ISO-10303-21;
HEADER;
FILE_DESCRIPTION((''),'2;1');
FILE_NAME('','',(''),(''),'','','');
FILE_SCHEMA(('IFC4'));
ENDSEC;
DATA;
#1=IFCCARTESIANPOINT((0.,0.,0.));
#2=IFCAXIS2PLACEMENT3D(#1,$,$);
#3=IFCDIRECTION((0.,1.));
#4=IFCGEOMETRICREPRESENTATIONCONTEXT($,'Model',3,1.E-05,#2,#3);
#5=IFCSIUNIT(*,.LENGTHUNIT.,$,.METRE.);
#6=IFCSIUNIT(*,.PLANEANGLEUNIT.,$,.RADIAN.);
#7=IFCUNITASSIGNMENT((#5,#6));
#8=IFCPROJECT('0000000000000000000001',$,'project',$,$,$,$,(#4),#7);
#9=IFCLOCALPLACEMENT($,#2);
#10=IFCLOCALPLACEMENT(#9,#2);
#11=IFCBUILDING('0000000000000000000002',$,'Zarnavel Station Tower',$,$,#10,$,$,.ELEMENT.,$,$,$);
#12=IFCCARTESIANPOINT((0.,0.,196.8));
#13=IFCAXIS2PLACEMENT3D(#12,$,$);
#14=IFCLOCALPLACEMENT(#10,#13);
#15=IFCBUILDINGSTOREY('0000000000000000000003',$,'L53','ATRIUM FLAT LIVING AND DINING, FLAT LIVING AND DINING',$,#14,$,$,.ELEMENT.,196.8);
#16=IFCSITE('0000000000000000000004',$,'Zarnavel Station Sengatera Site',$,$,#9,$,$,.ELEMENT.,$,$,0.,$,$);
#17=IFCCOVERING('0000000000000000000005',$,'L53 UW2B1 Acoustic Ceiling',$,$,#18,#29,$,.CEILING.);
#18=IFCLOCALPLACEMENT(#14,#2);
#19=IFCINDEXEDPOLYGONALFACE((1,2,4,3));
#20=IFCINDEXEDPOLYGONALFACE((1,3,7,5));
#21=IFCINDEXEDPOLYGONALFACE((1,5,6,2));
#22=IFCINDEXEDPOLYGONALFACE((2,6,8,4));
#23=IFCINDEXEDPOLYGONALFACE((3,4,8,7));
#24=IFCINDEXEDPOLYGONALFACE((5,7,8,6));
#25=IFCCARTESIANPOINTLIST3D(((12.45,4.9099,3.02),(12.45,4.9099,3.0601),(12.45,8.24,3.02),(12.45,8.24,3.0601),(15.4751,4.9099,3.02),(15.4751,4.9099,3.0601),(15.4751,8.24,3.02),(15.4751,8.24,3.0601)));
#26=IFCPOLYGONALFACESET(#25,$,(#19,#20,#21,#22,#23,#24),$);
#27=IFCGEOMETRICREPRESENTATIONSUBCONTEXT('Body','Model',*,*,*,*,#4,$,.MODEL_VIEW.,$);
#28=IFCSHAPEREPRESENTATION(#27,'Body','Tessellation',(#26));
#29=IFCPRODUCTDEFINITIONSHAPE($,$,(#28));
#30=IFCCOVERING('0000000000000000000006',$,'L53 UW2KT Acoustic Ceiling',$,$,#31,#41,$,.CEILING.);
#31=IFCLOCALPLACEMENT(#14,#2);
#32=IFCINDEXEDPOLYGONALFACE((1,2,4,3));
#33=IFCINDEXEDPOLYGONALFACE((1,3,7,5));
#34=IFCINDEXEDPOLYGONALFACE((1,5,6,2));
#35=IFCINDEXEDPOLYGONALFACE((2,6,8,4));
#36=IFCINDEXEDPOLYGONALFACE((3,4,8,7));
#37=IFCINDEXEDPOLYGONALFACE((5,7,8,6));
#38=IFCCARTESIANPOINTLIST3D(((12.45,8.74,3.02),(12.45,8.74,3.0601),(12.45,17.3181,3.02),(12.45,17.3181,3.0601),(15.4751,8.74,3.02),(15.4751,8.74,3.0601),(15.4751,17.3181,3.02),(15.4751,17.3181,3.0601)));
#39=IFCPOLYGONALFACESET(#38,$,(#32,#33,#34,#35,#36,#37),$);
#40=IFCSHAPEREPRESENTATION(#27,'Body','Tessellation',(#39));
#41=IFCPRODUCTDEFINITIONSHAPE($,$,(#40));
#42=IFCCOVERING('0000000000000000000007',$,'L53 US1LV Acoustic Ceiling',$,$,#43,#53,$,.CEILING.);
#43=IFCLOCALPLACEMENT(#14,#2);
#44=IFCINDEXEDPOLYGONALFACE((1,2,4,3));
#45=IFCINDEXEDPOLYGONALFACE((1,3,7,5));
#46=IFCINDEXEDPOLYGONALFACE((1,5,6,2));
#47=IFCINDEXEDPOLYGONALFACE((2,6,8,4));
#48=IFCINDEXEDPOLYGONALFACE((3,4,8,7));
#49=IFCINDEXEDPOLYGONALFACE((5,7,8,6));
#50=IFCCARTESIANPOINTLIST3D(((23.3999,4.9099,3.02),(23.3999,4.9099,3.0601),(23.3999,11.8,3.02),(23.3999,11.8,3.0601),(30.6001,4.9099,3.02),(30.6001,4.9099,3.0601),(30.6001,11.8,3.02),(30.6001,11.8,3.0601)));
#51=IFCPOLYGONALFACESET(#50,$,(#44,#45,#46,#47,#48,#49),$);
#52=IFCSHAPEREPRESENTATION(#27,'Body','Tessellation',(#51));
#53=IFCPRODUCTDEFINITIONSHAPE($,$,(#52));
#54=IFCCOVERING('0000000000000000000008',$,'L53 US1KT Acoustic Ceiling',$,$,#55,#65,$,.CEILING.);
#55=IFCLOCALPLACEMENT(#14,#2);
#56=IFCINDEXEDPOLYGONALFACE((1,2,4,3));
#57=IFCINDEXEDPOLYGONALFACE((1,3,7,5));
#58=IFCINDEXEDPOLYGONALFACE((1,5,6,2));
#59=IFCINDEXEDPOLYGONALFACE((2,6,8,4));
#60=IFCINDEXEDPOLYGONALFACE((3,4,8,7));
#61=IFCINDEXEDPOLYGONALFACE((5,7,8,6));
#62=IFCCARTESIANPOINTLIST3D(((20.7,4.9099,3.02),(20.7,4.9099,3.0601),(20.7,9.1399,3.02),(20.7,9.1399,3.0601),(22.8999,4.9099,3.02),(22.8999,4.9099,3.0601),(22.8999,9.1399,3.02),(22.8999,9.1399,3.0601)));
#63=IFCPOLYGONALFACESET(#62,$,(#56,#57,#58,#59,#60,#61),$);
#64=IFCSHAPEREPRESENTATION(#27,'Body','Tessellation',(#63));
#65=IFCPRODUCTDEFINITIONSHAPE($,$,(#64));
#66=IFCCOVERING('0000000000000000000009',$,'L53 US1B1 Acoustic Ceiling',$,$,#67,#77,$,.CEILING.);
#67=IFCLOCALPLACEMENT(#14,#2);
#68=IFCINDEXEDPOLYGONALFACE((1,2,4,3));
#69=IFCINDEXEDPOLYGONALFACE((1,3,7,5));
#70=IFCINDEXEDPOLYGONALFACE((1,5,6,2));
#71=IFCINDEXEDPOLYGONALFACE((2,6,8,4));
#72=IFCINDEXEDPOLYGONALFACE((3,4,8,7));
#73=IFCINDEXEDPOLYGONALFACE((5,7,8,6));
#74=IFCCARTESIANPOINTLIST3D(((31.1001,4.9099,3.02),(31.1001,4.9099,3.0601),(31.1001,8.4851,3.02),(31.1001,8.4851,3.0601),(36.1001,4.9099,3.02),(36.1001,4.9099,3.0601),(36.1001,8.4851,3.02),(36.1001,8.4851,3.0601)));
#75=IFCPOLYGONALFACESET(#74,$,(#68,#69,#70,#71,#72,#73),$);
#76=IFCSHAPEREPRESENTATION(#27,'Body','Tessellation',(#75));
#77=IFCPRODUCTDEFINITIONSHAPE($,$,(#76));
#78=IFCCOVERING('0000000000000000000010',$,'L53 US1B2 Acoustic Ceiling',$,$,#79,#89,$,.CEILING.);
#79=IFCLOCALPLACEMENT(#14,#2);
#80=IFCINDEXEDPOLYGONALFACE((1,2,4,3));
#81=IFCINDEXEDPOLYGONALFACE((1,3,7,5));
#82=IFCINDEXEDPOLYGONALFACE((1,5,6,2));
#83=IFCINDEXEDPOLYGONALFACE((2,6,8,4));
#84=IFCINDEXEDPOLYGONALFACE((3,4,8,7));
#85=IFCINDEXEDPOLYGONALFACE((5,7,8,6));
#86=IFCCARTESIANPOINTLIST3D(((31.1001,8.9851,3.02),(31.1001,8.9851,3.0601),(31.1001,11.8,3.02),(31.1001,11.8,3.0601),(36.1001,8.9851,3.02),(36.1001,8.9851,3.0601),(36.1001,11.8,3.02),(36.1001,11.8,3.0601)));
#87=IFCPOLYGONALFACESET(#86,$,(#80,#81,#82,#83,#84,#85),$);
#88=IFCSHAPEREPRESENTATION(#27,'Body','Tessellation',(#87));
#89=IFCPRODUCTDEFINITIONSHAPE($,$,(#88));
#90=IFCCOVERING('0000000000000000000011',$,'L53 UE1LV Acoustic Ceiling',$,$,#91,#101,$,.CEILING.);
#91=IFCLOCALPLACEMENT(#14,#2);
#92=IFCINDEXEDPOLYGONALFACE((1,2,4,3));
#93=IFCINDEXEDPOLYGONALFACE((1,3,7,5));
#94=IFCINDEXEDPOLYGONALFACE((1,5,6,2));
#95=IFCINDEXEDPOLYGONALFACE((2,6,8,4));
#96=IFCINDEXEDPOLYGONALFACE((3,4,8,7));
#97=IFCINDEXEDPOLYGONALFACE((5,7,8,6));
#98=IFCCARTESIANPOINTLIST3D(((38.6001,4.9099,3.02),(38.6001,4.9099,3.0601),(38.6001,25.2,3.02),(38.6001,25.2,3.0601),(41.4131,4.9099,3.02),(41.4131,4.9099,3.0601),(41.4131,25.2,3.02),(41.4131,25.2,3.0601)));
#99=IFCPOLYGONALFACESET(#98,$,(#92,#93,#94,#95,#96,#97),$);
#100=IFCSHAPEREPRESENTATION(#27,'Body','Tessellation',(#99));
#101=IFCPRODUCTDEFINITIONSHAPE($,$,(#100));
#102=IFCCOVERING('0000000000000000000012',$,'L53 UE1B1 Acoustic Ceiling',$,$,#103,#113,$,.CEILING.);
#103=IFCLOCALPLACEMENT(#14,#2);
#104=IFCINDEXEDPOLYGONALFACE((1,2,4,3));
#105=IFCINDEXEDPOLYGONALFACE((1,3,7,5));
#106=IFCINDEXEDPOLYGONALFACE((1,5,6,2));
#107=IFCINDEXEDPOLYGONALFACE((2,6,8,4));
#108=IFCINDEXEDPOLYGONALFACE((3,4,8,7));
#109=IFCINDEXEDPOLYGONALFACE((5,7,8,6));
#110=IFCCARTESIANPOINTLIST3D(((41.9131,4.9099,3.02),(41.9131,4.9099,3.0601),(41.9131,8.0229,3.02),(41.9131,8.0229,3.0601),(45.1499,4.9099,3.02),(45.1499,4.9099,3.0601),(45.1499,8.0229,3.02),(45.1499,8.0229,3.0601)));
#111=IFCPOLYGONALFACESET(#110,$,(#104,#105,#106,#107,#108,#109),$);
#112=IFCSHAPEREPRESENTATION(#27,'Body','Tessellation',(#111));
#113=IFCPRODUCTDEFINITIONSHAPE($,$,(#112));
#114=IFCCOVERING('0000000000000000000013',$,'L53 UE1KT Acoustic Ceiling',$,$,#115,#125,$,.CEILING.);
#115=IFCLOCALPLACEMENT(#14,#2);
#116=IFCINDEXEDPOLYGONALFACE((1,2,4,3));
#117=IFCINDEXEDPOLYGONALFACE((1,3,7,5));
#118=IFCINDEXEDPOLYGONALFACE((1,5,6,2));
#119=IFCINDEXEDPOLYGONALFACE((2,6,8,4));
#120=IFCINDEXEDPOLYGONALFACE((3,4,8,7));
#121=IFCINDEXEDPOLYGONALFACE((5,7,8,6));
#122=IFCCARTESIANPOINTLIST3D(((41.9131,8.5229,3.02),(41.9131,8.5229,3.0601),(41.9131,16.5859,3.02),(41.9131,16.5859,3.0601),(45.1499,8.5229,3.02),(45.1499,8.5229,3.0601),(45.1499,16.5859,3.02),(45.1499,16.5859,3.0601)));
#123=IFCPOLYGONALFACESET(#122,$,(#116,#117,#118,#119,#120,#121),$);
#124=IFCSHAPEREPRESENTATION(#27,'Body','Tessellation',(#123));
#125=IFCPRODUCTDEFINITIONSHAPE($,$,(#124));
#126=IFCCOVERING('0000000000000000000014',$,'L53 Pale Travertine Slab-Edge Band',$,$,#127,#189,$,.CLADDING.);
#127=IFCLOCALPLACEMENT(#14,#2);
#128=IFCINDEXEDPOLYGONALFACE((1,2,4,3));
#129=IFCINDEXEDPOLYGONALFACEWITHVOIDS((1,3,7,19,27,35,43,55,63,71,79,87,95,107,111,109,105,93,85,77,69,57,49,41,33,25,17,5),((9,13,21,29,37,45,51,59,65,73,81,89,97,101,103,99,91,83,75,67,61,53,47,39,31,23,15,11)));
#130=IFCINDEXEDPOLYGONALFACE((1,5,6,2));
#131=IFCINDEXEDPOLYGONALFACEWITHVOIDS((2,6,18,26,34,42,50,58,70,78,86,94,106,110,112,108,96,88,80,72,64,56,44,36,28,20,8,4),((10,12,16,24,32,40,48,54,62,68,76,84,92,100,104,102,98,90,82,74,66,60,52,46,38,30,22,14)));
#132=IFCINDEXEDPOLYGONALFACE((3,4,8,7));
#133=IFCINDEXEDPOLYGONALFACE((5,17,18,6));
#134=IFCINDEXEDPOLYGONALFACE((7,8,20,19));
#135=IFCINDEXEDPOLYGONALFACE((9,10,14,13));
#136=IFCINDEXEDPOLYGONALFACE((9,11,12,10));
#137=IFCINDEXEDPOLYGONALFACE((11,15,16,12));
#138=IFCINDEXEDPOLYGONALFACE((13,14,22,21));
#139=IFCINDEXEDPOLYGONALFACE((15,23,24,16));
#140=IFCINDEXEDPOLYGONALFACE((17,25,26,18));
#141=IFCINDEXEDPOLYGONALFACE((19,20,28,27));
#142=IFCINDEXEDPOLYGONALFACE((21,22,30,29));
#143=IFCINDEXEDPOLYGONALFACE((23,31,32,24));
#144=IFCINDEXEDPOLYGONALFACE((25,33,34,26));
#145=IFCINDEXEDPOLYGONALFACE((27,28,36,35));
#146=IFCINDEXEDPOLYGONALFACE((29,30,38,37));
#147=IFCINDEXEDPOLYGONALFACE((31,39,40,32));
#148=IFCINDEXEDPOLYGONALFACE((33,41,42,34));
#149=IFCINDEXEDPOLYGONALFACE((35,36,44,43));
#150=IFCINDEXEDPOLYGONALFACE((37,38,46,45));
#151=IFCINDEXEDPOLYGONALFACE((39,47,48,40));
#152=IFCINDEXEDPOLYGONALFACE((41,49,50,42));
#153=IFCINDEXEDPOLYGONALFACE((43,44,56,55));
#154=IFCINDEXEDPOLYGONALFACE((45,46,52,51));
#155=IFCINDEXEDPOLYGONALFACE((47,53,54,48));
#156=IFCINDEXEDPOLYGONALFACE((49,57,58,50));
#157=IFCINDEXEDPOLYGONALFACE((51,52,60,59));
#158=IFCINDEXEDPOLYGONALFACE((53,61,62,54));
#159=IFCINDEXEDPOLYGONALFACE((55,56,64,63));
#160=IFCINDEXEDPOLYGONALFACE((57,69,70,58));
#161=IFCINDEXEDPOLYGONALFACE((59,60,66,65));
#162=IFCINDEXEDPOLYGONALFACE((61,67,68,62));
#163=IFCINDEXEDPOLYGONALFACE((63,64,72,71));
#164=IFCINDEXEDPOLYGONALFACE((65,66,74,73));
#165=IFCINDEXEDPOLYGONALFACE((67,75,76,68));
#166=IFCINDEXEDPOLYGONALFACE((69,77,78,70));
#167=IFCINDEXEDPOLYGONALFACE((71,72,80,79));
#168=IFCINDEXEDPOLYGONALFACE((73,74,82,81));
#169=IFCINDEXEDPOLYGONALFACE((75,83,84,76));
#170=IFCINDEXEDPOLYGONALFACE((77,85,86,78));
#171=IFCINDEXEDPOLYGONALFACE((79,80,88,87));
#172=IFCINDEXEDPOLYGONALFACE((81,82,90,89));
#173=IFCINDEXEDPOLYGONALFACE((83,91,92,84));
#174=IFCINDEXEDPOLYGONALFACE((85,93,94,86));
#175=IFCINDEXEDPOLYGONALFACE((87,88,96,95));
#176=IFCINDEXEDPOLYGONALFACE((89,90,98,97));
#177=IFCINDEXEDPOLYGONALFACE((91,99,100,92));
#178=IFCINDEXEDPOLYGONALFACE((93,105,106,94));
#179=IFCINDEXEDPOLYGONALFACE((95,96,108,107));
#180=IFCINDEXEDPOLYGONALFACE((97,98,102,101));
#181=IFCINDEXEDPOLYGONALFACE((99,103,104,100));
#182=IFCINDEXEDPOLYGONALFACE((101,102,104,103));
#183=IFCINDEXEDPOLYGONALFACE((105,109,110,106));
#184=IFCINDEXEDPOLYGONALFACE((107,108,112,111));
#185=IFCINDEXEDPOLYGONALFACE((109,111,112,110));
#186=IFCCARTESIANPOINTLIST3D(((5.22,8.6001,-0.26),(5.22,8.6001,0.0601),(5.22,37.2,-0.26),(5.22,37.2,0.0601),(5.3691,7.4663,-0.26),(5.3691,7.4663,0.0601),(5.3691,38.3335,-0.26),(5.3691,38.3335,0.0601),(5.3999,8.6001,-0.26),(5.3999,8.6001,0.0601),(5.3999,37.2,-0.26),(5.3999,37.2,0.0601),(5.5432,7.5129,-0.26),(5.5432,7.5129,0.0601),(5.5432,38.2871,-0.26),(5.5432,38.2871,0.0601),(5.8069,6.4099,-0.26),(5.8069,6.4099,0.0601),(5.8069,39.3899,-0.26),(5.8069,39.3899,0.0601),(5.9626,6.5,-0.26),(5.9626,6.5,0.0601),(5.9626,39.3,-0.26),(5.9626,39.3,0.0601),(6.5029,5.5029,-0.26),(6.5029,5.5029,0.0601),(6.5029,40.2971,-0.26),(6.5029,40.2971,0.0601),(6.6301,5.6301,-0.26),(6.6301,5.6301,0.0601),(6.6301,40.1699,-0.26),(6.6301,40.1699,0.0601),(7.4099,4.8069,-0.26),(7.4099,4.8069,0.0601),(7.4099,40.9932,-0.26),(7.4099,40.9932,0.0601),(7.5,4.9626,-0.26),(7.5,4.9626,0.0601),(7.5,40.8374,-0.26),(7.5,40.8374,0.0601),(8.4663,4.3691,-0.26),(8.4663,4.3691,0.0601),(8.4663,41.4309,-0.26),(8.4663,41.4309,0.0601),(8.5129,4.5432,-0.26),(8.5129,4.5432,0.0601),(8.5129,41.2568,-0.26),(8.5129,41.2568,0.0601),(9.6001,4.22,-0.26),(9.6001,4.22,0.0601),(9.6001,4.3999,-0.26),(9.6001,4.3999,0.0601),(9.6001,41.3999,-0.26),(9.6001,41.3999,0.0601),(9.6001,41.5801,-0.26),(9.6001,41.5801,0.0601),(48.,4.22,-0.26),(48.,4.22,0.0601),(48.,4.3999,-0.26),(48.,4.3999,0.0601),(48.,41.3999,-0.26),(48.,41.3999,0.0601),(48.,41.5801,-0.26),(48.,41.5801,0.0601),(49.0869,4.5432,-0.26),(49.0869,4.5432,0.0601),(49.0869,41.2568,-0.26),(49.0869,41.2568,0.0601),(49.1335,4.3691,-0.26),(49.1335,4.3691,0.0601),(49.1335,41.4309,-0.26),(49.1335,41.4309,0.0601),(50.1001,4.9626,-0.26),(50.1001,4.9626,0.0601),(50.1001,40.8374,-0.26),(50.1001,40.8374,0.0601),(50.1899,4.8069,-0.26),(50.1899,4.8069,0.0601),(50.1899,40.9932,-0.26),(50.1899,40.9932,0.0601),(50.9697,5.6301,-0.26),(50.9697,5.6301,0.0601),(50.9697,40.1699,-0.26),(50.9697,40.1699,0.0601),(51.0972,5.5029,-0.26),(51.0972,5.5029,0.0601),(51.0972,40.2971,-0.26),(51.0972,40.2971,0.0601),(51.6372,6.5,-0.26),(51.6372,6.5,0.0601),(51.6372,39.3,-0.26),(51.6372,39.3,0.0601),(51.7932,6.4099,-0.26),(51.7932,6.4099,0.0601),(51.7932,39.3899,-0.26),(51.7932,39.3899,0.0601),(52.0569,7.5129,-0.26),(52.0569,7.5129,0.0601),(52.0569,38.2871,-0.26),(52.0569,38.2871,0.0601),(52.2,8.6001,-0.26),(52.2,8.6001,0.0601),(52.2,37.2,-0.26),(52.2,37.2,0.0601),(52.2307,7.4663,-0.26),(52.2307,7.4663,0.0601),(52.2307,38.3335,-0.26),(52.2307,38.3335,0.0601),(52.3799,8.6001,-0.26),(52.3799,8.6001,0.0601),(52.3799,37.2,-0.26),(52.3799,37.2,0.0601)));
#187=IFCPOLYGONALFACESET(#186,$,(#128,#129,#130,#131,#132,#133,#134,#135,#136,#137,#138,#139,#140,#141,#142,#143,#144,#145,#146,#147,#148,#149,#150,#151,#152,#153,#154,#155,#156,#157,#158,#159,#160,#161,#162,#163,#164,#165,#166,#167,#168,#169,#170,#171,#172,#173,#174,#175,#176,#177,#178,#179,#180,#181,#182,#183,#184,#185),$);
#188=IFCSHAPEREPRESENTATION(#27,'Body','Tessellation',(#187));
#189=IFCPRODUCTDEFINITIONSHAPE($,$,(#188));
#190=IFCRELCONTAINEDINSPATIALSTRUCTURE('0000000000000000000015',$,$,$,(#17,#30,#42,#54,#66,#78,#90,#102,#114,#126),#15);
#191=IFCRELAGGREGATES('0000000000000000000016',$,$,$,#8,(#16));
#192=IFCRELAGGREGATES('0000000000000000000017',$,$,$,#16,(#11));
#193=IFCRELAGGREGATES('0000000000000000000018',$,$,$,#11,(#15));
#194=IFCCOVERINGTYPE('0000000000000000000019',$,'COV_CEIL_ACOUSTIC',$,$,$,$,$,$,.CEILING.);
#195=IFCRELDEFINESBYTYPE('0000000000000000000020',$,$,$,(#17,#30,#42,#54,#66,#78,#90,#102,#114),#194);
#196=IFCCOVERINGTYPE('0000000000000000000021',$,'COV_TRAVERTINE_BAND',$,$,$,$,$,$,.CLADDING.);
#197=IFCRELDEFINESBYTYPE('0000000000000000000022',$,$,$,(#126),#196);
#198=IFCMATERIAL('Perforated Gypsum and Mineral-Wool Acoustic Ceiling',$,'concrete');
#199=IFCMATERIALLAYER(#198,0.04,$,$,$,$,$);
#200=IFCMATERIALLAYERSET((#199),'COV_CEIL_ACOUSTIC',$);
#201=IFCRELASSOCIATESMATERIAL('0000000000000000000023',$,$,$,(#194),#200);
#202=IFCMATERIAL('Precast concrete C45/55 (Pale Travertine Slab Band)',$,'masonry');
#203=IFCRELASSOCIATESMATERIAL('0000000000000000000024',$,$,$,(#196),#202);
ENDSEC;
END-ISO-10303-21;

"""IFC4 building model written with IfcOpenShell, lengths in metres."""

from ifc_helpers import new_model, si_unit, direction, frame, origin, place, context, subcontext, project, spatial, polyline, outline, extrude, material, layer, layer_set, type_object, element, save


model = new_model("IFC4")

# Units and contexts
model_context = context("Model", 3, precision=1e-05, world=origin(), true_north=direction((0.0, 1.0)))
body_context = subcontext(model_context, "Body", "Model", "MODEL_VIEW")
ifc_project = project(units=[si_unit("LENGTHUNIT", "METRE"), si_unit("PLANEANGLEUNIT", "RADIAN")], contexts=[model_context])

# Site, building, storey
site_placement = place(None, origin())
site = spatial("IfcSite", under=ifc_project, at=site_placement, Name="Zarnavel Station Sengatera Site", CompositionType="ELEMENT", RefElevation=0.0)
building_placement = place(site_placement, origin())
building = spatial("IfcBuilding", under=site, at=building_placement, Name="Zarnavel Station Tower", CompositionType="ELEMENT")
storey_placement = place(building_placement, frame((0.0, 0.0, 196.8)))
storey = spatial("IfcBuildingStorey", under=building, at=storey_placement, Name="L53", Description="ATRIUM FLAT LIVING AND DINING, FLAT LIVING AND DINING", CompositionType="ELEMENT", Elevation=196.8)

# Coverings
ifc_material_1 = material(Name="Perforated Gypsum and Mineral-Wool Acoustic Ceiling", Category="concrete")
ifc_layer_1 = layer(ifc_material_1, 0.04)
ifc_layer_set_1 = layer_set([ifc_layer_1], Name="COV_CEIL_ACOUSTIC")
covering_type_1 = type_object("IfcCoveringType", Name="COV_CEIL_ACOUSTIC", PredefinedType="CEILING", material=ifc_layer_set_1)
covering_1_placement = place(storey_placement, frame((0.0, 0.0, 3.02)))
element("IfcCovering", 1, at=covering_1_placement, inside=storey, type_object=covering_type_1, Name="L53 UW2B1 Acoustic Ceiling", PredefinedType="CEILING", context=body_context, shape_type="SweptSolid", body=[
    extrude(outline(polyline([(12.45, 4.9099), (15.4751, 4.9099), (15.4751, 8.24), (12.45, 8.24), (12.45, 4.9099)])), origin(), (0.0, 0.0, 1.0), 0.04),
])
covering_2_placement = place(storey_placement, frame((0.0, 0.0, 3.02)))
element("IfcCovering", 2, at=covering_2_placement, inside=storey, type_object=covering_type_1, Name="L53 UW2KT Acoustic Ceiling", PredefinedType="CEILING", context=body_context, shape_type="SweptSolid", body=[
    extrude(outline(polyline([(12.45, 8.74), (15.4751, 8.74), (15.4751, 17.3181), (12.45, 17.3181), (12.45, 8.74)])), origin(), (0.0, 0.0, 1.0), 0.04),
])
covering_3_placement = place(storey_placement, frame((0.0, 0.0, 3.02)))
element("IfcCovering", 3, at=covering_3_placement, inside=storey, type_object=covering_type_1, Name="L53 US1LV Acoustic Ceiling", PredefinedType="CEILING", context=body_context, shape_type="SweptSolid", body=[
    extrude(outline(polyline([(23.3999, 4.9099), (30.6001, 4.9099), (30.6001, 11.8), (23.3999, 11.8), (23.3999, 4.9099)])), origin(), (0.0, 0.0, 1.0), 0.04),
])
covering_4_placement = place(storey_placement, frame((0.0, 0.0, 3.02)))
element("IfcCovering", 4, at=covering_4_placement, inside=storey, type_object=covering_type_1, Name="L53 US1KT Acoustic Ceiling", PredefinedType="CEILING", context=body_context, shape_type="SweptSolid", body=[
    extrude(outline(polyline([(20.7, 4.9099), (22.8999, 4.9099), (22.8999, 9.1399), (20.7, 9.1399), (20.7, 4.9099)])), origin(), (0.0, 0.0, 1.0), 0.04),
])
covering_5_placement = place(storey_placement, frame((0.0, 0.0, 3.02)))
element("IfcCovering", 5, at=covering_5_placement, inside=storey, type_object=covering_type_1, Name="L53 US1B1 Acoustic Ceiling", PredefinedType="CEILING", context=body_context, shape_type="SweptSolid", body=[
    extrude(outline(polyline([(31.1001, 4.9099), (36.1001, 4.9099), (36.1001, 8.4851), (31.1001, 8.4851), (31.1001, 4.9099)])), origin(), (0.0, 0.0, 1.0), 0.04),
])
covering_6_placement = place(storey_placement, frame((0.0, 0.0, 3.02)))
element("IfcCovering", 6, at=covering_6_placement, inside=storey, type_object=covering_type_1, Name="L53 US1B2 Acoustic Ceiling", PredefinedType="CEILING", context=body_context, shape_type="SweptSolid", body=[
    extrude(outline(polyline([(31.1001, 8.9851), (36.1001, 8.9851), (36.1001, 11.8), (31.1001, 11.8), (31.1001, 8.9851)])), origin(), (0.0, 0.0, 1.0), 0.04),
])
covering_7_placement = place(storey_placement, frame((0.0, 0.0, 3.02)))
element("IfcCovering", 7, at=covering_7_placement, inside=storey, type_object=covering_type_1, Name="L53 UE1LV Acoustic Ceiling", PredefinedType="CEILING", context=body_context, shape_type="SweptSolid", body=[
    extrude(outline(polyline([(38.6001, 4.9099), (41.4131, 4.9099), (41.4131, 25.2), (38.6001, 25.2), (38.6001, 4.9099)])), origin(), (0.0, 0.0, 1.0), 0.04),
])
covering_8_placement = place(storey_placement, frame((0.0, 0.0, 3.02)))
element("IfcCovering", 8, at=covering_8_placement, inside=storey, type_object=covering_type_1, Name="L53 UE1B1 Acoustic Ceiling", PredefinedType="CEILING", context=body_context, shape_type="SweptSolid", body=[
    extrude(outline(polyline([(41.9131, 4.9099), (45.1499, 4.9099), (45.1499, 8.0229), (41.9131, 8.0229), (41.9131, 4.9099)])), origin(), (0.0, 0.0, 1.0), 0.04),
])
covering_9_placement = place(storey_placement, frame((0.0, 0.0, 3.02)))
element("IfcCovering", 9, at=covering_9_placement, inside=storey, type_object=covering_type_1, Name="L53 UE1KT Acoustic Ceiling", PredefinedType="CEILING", context=body_context, shape_type="SweptSolid", body=[
    extrude(outline(polyline([(41.9131, 8.5229), (45.1499, 8.5229), (45.1499, 16.5859), (41.9131, 16.5859), (41.9131, 8.5229)])), origin(), (0.0, 0.0, 1.0), 0.04),
])
ifc_material_2 = material(Name="Precast concrete C45/55 (Pale Travertine Slab Band)", Category="masonry")
covering_type_2 = type_object("IfcCoveringType", Name="COV_TRAVERTINE_BAND", PredefinedType="CLADDING", material=ifc_material_2)
covering_10_placement = place(storey_placement, frame((0.0, 0.0, -0.26)))
element("IfcCovering", 10, at=covering_10_placement, inside=storey, type_object=covering_type_2, Name="L53 Pale Travertine Slab-Edge Band", PredefinedType="CLADDING", context=body_context, shape_type="SweptSolid", body=[
    extrude(outline(polyline([(48.0, 4.22), (49.1335, 4.3691), (50.1899, 4.8069), (51.0972, 5.5029), (51.7932, 6.4099), (52.2307, 7.4663), (52.3799, 8.6001), (52.3799, 37.2), (52.2307, 38.3335), (51.7932, 39.3899), (51.0972, 40.2971), (50.1899, 40.9932), (49.1335, 41.4309), (48.0, 41.5801), (9.6001, 41.5801), (8.4663, 41.4309), (7.4099, 40.9932), (6.5029, 40.2971), (5.8069, 39.3899), (5.3691, 38.3335), (5.22, 37.2), (5.22, 8.6001), (5.3691, 7.4663), (5.8069, 6.4099), (6.5029, 5.5029), (7.4099, 4.8069), (8.4663, 4.3691), (9.6001, 4.22), (48.0, 4.22)]), holes=[polyline([(48.0, 4.3999), (49.0869, 4.5432), (50.1001, 4.9626), (50.9697, 5.6301), (51.6372, 6.5), (52.0569, 7.5129), (52.2, 8.6001), (52.2, 37.2), (52.0569, 38.2871), (51.6372, 39.3), (50.9697, 40.1699), (50.1001, 40.8374), (49.0869, 41.2568), (48.0, 41.3999), (9.6001, 41.3999), (8.5129, 41.2568), (7.5, 40.8374), (6.6301, 40.1699), (5.9626, 39.3), (5.5432, 38.2871), (5.3999, 37.2), (5.3999, 8.6001), (5.5432, 7.5129), (5.9626, 6.5), (6.6301, 5.6301), (7.5, 4.9626), (8.5129, 4.5432), (9.6001, 4.3999), (48.0, 4.3999)])]), origin(), (0.0, 0.0, 1.0), 0.3201),
])

save(model, "model.ifc")
